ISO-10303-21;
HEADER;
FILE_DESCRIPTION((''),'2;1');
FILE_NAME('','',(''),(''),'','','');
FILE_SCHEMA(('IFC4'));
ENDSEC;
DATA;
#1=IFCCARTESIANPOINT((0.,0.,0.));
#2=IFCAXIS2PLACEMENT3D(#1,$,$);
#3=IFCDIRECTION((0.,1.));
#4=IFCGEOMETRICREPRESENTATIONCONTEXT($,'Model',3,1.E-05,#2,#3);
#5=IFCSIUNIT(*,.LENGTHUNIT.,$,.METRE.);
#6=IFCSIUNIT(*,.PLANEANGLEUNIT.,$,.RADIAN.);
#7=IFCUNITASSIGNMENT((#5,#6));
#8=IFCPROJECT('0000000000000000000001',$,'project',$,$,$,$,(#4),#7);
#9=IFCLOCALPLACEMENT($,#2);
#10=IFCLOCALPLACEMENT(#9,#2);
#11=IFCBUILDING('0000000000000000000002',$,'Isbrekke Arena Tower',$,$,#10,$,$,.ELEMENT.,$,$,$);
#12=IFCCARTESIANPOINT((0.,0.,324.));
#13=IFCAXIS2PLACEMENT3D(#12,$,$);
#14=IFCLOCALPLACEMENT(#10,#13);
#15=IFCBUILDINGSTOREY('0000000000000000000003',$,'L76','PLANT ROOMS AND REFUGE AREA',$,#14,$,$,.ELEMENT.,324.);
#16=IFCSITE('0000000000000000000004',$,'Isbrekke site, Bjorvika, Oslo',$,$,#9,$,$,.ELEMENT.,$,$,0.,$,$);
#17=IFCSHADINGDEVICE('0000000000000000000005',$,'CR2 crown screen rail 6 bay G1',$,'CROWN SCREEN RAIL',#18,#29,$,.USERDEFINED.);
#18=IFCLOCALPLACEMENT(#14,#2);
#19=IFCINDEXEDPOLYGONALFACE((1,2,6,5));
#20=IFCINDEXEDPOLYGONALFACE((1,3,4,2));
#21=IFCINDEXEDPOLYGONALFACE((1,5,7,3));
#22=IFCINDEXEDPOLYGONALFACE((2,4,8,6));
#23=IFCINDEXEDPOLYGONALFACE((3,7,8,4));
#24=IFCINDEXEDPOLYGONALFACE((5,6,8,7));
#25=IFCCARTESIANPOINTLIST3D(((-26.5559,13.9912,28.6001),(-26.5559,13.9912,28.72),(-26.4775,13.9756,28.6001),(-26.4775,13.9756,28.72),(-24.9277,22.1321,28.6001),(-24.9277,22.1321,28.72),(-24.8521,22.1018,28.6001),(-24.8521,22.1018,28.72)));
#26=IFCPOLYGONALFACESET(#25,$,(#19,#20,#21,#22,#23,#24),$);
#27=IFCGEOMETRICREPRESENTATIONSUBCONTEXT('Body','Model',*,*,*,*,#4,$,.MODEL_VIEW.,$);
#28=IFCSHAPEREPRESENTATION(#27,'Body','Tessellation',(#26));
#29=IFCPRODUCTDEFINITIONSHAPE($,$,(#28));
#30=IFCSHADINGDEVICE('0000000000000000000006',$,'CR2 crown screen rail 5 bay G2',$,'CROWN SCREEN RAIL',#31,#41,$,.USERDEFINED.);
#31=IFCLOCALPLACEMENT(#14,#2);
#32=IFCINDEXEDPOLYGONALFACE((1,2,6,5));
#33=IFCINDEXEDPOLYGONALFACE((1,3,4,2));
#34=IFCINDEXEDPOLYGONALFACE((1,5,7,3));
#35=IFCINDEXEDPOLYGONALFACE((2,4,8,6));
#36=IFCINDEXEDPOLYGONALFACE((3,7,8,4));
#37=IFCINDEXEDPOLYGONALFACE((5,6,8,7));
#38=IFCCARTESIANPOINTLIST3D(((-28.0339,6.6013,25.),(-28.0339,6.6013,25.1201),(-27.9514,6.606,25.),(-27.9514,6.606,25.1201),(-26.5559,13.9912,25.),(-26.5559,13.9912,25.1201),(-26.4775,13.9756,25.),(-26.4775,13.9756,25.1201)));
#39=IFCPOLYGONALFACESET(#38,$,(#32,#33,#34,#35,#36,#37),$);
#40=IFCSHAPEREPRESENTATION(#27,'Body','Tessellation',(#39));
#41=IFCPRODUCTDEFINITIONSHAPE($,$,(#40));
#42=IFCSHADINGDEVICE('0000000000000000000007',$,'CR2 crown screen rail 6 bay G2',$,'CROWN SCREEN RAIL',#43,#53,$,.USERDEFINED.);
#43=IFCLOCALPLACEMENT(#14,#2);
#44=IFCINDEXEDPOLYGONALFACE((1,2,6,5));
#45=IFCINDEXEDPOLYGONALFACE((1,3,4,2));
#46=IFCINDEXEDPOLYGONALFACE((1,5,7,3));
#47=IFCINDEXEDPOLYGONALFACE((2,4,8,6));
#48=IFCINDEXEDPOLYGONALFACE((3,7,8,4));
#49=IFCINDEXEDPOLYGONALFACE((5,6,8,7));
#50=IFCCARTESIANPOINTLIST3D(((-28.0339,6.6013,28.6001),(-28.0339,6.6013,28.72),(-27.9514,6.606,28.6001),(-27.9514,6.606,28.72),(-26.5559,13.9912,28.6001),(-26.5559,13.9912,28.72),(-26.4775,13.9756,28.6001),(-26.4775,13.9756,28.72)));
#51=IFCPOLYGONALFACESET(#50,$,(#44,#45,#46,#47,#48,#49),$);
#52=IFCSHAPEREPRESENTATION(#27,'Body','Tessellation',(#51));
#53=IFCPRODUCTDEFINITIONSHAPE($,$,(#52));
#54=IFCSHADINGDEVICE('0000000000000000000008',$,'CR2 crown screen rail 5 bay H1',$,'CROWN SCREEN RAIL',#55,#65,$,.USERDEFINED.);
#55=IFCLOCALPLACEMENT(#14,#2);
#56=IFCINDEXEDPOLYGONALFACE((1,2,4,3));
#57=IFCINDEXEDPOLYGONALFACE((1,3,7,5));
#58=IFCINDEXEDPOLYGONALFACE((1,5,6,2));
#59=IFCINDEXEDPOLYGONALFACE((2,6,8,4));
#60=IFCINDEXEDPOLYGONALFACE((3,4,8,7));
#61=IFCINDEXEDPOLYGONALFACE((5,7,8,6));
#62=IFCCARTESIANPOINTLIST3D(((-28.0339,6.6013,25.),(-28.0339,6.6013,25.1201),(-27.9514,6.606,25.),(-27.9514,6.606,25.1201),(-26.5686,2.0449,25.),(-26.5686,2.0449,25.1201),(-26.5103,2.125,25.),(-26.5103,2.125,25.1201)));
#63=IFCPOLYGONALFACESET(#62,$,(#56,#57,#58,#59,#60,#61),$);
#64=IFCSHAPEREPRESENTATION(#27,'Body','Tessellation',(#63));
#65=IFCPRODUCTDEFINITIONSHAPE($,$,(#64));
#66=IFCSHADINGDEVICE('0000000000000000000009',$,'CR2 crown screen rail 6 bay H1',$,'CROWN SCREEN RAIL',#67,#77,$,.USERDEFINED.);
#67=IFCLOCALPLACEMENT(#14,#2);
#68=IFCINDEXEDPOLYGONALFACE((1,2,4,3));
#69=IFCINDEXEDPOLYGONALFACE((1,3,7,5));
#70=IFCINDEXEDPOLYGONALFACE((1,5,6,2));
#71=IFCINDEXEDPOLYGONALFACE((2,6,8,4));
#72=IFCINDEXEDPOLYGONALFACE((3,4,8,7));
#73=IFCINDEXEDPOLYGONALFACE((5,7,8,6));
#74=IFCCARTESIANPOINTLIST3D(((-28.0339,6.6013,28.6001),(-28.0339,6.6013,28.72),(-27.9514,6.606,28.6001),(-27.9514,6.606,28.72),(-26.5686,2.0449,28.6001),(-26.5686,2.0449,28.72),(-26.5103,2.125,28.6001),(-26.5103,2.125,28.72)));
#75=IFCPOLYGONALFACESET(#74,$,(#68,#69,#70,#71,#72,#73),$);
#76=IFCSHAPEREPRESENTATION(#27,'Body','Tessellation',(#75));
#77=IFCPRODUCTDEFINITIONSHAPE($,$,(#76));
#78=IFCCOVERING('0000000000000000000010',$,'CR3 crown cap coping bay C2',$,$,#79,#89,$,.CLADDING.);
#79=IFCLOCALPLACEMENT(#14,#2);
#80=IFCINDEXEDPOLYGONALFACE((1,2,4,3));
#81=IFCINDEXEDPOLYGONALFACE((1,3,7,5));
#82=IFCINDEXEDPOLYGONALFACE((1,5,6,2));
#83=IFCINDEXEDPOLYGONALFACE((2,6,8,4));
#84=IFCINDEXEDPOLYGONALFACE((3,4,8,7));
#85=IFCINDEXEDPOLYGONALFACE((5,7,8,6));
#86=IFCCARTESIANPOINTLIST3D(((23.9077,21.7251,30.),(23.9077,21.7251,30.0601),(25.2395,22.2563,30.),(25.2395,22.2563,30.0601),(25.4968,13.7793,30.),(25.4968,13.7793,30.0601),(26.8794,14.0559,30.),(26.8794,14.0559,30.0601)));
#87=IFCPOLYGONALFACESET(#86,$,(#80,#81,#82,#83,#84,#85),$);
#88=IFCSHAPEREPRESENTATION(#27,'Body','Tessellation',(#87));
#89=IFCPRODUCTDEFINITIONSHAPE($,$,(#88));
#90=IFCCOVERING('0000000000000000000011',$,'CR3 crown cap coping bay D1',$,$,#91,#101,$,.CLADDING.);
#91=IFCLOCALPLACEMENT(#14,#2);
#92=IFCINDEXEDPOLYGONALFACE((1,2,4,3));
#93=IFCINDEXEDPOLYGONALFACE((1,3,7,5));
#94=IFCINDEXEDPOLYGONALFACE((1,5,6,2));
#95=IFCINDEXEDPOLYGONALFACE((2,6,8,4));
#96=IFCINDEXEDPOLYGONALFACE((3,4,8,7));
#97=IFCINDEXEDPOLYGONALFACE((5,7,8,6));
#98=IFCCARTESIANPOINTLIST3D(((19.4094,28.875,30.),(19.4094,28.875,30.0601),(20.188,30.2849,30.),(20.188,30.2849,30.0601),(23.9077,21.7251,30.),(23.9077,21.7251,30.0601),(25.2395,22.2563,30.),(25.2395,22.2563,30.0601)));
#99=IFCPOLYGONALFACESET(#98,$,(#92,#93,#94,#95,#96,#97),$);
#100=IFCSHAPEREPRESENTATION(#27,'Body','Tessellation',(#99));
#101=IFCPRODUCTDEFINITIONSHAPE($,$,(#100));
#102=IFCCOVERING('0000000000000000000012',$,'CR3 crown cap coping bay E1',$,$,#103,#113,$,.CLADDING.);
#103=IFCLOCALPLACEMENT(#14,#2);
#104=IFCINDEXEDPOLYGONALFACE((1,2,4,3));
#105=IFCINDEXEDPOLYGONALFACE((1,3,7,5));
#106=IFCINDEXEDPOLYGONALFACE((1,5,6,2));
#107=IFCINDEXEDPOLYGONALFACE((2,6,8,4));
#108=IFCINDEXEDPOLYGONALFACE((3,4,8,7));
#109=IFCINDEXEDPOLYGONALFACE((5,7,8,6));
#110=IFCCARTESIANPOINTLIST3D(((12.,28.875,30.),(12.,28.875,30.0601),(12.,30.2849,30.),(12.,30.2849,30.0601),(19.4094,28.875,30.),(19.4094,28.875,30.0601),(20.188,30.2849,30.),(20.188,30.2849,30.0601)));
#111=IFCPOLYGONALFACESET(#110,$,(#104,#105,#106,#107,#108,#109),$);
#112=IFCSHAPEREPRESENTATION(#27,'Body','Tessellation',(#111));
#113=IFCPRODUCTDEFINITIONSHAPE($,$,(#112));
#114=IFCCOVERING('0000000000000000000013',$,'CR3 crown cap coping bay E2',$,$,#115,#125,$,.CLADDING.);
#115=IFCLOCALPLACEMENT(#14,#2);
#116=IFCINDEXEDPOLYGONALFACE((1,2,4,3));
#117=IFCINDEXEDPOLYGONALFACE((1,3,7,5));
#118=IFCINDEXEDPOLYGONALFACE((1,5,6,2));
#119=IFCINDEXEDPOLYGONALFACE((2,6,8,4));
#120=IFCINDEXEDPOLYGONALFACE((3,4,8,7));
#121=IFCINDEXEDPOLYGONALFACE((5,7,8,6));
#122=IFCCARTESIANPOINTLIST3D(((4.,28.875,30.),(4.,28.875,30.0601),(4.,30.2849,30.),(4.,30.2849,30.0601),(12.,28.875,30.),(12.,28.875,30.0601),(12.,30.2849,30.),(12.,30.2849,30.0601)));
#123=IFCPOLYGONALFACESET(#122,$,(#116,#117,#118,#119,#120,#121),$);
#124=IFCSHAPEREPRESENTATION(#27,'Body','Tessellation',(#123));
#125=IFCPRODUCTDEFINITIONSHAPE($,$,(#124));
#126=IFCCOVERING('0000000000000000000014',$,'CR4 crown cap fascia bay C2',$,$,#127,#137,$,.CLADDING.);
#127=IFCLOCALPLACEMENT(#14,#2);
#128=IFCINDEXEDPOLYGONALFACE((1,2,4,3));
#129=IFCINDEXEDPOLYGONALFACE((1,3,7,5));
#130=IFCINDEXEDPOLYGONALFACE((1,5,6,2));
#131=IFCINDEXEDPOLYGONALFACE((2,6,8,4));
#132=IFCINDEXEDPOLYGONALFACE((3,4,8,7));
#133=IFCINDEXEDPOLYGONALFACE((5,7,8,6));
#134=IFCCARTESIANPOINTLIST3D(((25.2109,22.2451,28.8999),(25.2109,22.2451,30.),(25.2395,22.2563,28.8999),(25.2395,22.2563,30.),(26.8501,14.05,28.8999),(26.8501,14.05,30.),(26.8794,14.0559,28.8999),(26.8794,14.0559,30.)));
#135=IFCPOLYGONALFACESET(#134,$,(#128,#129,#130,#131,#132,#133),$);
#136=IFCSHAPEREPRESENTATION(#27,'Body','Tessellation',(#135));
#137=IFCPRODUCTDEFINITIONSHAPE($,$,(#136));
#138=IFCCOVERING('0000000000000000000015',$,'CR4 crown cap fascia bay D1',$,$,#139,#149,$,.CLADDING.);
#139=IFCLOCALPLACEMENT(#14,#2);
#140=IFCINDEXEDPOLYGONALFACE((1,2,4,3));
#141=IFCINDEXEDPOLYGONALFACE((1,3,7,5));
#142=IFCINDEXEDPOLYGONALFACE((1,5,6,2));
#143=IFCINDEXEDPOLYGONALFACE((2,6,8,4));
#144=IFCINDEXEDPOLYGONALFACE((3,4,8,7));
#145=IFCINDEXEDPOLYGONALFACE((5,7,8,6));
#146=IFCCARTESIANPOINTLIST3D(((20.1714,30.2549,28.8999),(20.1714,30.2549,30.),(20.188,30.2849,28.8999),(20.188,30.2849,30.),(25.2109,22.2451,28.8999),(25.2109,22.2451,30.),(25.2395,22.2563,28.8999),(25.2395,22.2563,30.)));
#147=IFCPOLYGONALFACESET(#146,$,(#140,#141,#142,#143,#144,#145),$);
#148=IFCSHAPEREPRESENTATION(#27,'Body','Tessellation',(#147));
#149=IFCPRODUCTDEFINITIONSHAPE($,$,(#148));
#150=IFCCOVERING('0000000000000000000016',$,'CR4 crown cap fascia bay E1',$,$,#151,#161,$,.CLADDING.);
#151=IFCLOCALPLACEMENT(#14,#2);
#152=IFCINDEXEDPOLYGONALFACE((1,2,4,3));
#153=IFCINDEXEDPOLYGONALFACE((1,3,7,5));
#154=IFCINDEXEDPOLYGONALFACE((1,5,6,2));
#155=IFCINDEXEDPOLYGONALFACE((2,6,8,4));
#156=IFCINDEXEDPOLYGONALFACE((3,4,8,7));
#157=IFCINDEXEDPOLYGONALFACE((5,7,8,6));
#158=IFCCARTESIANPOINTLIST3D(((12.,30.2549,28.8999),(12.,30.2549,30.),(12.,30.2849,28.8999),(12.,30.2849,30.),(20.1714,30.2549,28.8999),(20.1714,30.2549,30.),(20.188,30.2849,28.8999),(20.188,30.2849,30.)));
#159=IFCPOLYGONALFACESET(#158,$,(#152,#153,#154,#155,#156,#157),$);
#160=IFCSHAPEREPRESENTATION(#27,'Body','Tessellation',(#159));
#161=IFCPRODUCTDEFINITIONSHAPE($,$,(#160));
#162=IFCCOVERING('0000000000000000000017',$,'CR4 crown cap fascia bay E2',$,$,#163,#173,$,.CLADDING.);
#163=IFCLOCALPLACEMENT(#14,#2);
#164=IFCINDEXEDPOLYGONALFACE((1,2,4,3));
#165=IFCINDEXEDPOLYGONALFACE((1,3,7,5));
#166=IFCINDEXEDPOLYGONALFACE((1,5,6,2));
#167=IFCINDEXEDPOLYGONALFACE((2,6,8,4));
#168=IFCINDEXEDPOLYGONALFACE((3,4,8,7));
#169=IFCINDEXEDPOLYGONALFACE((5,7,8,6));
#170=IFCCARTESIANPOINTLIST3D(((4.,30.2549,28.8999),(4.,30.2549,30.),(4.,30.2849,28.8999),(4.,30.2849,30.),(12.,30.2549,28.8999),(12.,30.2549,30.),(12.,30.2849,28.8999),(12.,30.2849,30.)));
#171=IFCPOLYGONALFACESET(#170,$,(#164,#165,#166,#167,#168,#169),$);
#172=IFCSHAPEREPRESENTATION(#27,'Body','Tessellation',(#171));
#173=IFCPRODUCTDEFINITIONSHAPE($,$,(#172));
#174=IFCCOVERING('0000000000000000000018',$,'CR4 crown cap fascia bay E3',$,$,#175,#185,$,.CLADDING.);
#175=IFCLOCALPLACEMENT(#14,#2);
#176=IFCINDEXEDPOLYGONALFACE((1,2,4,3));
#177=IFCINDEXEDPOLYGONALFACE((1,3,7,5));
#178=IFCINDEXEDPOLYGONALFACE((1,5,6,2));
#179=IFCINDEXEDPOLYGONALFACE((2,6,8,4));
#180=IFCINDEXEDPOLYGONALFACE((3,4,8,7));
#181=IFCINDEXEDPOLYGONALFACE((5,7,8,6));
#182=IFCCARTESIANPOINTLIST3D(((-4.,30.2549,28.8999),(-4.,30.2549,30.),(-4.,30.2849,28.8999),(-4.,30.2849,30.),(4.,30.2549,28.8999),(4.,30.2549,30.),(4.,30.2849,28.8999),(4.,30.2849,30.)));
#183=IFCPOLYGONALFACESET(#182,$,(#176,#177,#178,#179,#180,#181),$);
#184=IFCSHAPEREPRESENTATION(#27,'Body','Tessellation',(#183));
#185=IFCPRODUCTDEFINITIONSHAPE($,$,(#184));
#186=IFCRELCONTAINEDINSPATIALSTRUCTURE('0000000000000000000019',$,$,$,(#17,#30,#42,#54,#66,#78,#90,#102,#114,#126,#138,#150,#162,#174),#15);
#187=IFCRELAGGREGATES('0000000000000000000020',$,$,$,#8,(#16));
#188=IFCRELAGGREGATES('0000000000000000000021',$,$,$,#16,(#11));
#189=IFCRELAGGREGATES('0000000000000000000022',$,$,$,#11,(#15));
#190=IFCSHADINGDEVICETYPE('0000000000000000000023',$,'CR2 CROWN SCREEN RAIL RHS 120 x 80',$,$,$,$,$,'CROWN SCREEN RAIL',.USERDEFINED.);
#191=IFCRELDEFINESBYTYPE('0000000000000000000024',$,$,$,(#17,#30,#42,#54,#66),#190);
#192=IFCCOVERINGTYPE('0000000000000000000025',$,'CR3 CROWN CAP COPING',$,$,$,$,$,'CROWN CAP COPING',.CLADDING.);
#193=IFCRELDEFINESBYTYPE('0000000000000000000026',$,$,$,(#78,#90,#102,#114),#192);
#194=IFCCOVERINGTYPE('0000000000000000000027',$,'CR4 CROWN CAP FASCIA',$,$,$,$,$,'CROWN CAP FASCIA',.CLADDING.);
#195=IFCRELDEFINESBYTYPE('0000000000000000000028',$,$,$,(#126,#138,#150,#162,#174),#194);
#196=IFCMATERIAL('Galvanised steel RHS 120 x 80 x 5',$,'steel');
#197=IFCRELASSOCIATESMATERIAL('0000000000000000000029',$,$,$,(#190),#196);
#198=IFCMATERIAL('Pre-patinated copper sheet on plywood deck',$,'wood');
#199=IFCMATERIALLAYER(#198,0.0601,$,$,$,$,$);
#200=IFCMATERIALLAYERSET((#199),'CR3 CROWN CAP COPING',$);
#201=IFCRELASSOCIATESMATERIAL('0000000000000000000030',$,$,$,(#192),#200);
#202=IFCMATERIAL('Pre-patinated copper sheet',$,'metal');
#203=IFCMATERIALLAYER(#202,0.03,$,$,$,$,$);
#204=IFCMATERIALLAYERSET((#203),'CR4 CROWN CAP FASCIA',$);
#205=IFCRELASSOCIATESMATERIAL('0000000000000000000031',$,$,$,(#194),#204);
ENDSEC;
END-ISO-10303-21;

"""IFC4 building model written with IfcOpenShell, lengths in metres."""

from ifc_helpers import new_model, si_unit, direction, frame, origin, place, context, subcontext, project, spatial, polyline, outline, extrude, material, layer, layer_set, type_object, element, save


model = new_model("IFC4")

# Units and contexts
model_context = context("Model", 3, precision=1e-05, world=origin(), true_north=direction((0.0, 1.0)))
body_context = subcontext(model_context, "Body", "Model", "MODEL_VIEW")
ifc_project = project(units=[si_unit("LENGTHUNIT", "METRE"), si_unit("PLANEANGLEUNIT", "RADIAN")], contexts=[model_context])

# Site, building, storey
site_placement = place(None, origin())
site = spatial("IfcSite", under=ifc_project, at=site_placement, Name="Isbrekke site, Bjorvika, Oslo", CompositionType="ELEMENT", RefElevation=0.0)
building_placement = place(site_placement, origin())
building = spatial("IfcBuilding", under=site, at=building_placement, Name="Isbrekke Arena Tower", CompositionType="ELEMENT")
storey_placement = place(building_placement, frame((0.0, 0.0, 324.0)))
storey = spatial("IfcBuildingStorey", under=building, at=storey_placement, Name="L76", Description="PLANT ROOMS AND REFUGE AREA", CompositionType="ELEMENT", Elevation=324.0)

# Shading devices
ifc_material_1 = material(Name="Galvanised steel RHS 120 x 80 x 5", Category="steel")
shading_device_type = type_object("IfcShadingDeviceType", Name="CR2 CROWN SCREEN RAIL RHS 120 x 80", ElementType="CROWN SCREEN RAIL", PredefinedType="USERDEFINED", material=ifc_material_1)
shading_device_1_placement = place(storey_placement, frame((0.0, 0.0, 28.6001)))
element("IfcShadingDevice", 1, at=shading_device_1_placement, inside=storey, type_object=shading_device_type, Name="CR2 crown screen rail 6 bay G1", ObjectType="CROWN SCREEN RAIL", PredefinedType="USERDEFINED", context=body_context, shape_type="SweptSolid", body=[
    extrude(outline(polyline([(-24.8521, 22.1018), (-26.4775, 13.9756), (-26.5559, 13.9912), (-24.9277, 22.1321), (-24.8521, 22.1018)])), origin(), (0.0, 0.0, 1.0), 0.1199),
])
shading_device_2_placement = place(storey_placement, frame((0.0, 0.0, 25.0)))
element("IfcShadingDevice", 2, at=shading_device_2_placement, inside=storey, type_object=shading_device_type, Name="CR2 crown screen rail 5 bay G2", ObjectType="CROWN SCREEN RAIL", PredefinedType="USERDEFINED", context=body_context, shape_type="SweptSolid", body=[
    extrude(outline(polyline([(-26.4775, 13.9756), (-27.9514, 6.606), (-28.0339, 6.6013), (-26.5559, 13.9912), (-26.4775, 13.9756)])), origin(), (0.0, 0.0, 1.0), 0.1201),
])
shading_device_3_placement = place(storey_placement, frame((0.0, 0.0, 28.6001)))
element("IfcShadingDevice", 3, at=shading_device_3_placement, inside=storey, type_object=shading_device_type, Name="CR2 crown screen rail 6 bay G2", ObjectType="CROWN SCREEN RAIL", PredefinedType="USERDEFINED", context=body_context, shape_type="SweptSolid", body=[
    extrude(outline(polyline([(-26.4775, 13.9756), (-27.9514, 6.606), (-28.0339, 6.6013), (-26.5559, 13.9912), (-26.4775, 13.9756)])), origin(), (0.0, 0.0, 1.0), 0.1199),
])
shading_device_4_placement = place(storey_placement, frame((0.0, 0.0, 25.0)))
element("IfcShadingDevice", 4, at=shading_device_4_placement, inside=storey, type_object=shading_device_type, Name="CR2 crown screen rail 5 bay H1", ObjectType="CROWN SCREEN RAIL", PredefinedType="USERDEFINED", context=body_context, shape_type="SweptSolid", body=[
    extrude(outline(polyline([(-27.9514, 6.606), (-26.5103, 2.125), (-26.5686, 2.0449), (-28.0339, 6.6013), (-27.9514, 6.606)])), origin(), (0.0, 0.0, 1.0), 0.1201),
])
shading_device_5_placement = place(storey_placement, frame((0.0, 0.0, 28.6001)))
element("IfcShadingDevice", 5, at=shading_device_5_placement, inside=storey, type_object=shading_device_type, Name="CR2 crown screen rail 6 bay H1", ObjectType="CROWN SCREEN RAIL", PredefinedType="USERDEFINED", context=body_context, shape_type="SweptSolid", body=[
    extrude(outline(polyline([(-27.9514, 6.606), (-26.5103, 2.125), (-26.5686, 2.0449), (-28.0339, 6.6013), (-27.9514, 6.606)])), origin(), (0.0, 0.0, 1.0), 0.1199),
])

# Coverings
ifc_material_2 = material(Name="Pre-patinated copper sheet on plywood deck", Category="wood")
ifc_layer_1 = layer(ifc_material_2, 0.0601)
ifc_layer_set_1 = layer_set([ifc_layer_1], Name="CR3 CROWN CAP COPING")
covering_type_1 = type_object("IfcCoveringType", Name="CR3 CROWN CAP COPING", ElementType="CROWN CAP COPING", PredefinedType="CLADDING", material=ifc_layer_set_1)
covering_1_placement = place(storey_placement, frame((0.0, 0.0, 30.0)))
element("IfcCovering", 6, at=covering_1_placement, inside=storey, type_object=covering_type_1, Name="CR3 crown cap coping bay C2", PredefinedType="CLADDING", context=body_context, shape_type="SweptSolid", body=[
    extrude(outline(polyline([(25.4968, 13.7793), (23.9077, 21.7251), (25.2395, 22.2563), (26.8794, 14.0559), (25.4968, 13.7793)])), origin(), (0.0, 0.0, 1.0), 0.0601),
])
covering_2_placement = place(storey_placement, frame((0.0, 0.0, 30.0)))
element("IfcCovering", 7, at=covering_2_placement, inside=storey, type_object=covering_type_1, Name="CR3 crown cap coping bay D1", PredefinedType="CLADDING", context=body_context, shape_type="SweptSolid", body=[
    extrude(outline(polyline([(23.9077, 21.7251), (19.4094, 28.875), (20.188, 30.2849), (25.2395, 22.2563), (23.9077, 21.7251)])), origin(), (0.0, 0.0, 1.0), 0.0601),
])
covering_3_placement = place(storey_placement, frame((0.0, 0.0, 30.0)))
element("IfcCovering", 8, at=covering_3_placement, inside=storey, type_object=covering_type_1, Name="CR3 crown cap coping bay E1", PredefinedType="CLADDING", context=body_context, shape_type="SweptSolid", body=[
    extrude(outline(polyline([(19.4094, 28.875), (12.0, 28.875), (12.0, 30.2849), (20.188, 30.2849), (19.4094, 28.875)])), origin(), (0.0, 0.0, 1.0), 0.0601),
])
covering_4_placement = place(storey_placement, frame((0.0, 0.0, 30.0)))
element("IfcCovering", 9, at=covering_4_placement, inside=storey, type_object=covering_type_1, Name="CR3 crown cap coping bay E2", PredefinedType="CLADDING", context=body_context, shape_type="SweptSolid", body=[
    extrude(outline(polyline([(12.0, 28.875), (4.0, 28.875), (4.0, 30.2849), (12.0, 30.2849), (12.0, 28.875)])), origin(), (0.0, 0.0, 1.0), 0.0601),
])
ifc_material_3 = material(Name="Pre-patinated copper sheet", Category="metal")
ifc_layer_2 = layer(ifc_material_3, 0.03)
ifc_layer_set_2 = layer_set([ifc_layer_2], Name="CR4 CROWN CAP FASCIA")
covering_type_2 = type_object("IfcCoveringType", Name="CR4 CROWN CAP FASCIA", ElementType="CROWN CAP FASCIA", PredefinedType="CLADDING", material=ifc_layer_set_2)
covering_5_placement = place(storey_placement, frame((0.0, 0.0, 28.8999)))
element("IfcCovering", 10, at=covering_5_placement, inside=storey, type_object=covering_type_2, Name="CR4 crown cap fascia bay C2", PredefinedType="CLADDING", context=body_context, shape_type="SweptSolid", body=[
    extrude(outline(polyline([(26.8501, 14.05), (25.2109, 22.2451), (25.2395, 22.2563), (26.8794, 14.0559), (26.8501, 14.05)])), origin(), (0.0, 0.0, 1.0), 1.1001),
])
covering_6_placement = place(storey_placement, frame((0.0, 0.0, 28.8999)))
element("IfcCovering", 11, at=covering_6_placement, inside=storey, type_object=covering_type_2, Name="CR4 crown cap fascia bay D1", PredefinedType="CLADDING", context=body_context, shape_type="SweptSolid", body=[
    extrude(outline(polyline([(25.2109, 22.2451), (20.1714, 30.2549), (20.188, 30.2849), (25.2395, 22.2563), (25.2109, 22.2451)])), origin(), (0.0, 0.0, 1.0), 1.1001),
])
covering_7_placement = place(storey_placement, frame((0.0, 0.0, 28.8999)))
element("IfcCovering", 12, at=covering_7_placement, inside=storey, type_object=covering_type_2, Name="CR4 crown cap fascia bay E1", PredefinedType="CLADDING", context=body_context, shape_type="SweptSolid", body=[
    extrude(outline(polyline([(20.1714, 30.2549), (12.0, 30.2549), (12.0, 30.2849), (20.188, 30.2849), (20.1714, 30.2549)])), origin(), (0.0, 0.0, 1.0), 1.1001),
])
covering_8_placement = place(storey_placement, frame((0.0, 0.0, 28.8999)))
element("IfcCovering", 13, at=covering_8_placement, inside=storey, type_object=covering_type_2, Name="CR4 crown cap fascia bay E2", PredefinedType="CLADDING", context=body_context, shape_type="SweptSolid", body=[
    extrude(outline(polyline([(12.0, 30.2549), (4.0, 30.2549), (4.0, 30.2849), (12.0, 30.2849), (12.0, 30.2549)])), origin(), (0.0, 0.0, 1.0), 1.1001),
])
covering_9_placement = place(storey_placement, frame((0.0, 0.0, 28.8999)))
element("IfcCovering", 14, at=covering_9_placement, inside=storey, type_object=covering_type_2, Name="CR4 crown cap fascia bay E3", PredefinedType="CLADDING", context=body_context, shape_type="SweptSolid", body=[
    extrude(outline(polyline([(4.0, 30.2549), (-4.0, 30.2549), (-4.0, 30.2849), (4.0, 30.2849), (4.0, 30.2549)])), origin(), (0.0, 0.0, 1.0), 1.1001),
])

save(model, "model.ifc")
